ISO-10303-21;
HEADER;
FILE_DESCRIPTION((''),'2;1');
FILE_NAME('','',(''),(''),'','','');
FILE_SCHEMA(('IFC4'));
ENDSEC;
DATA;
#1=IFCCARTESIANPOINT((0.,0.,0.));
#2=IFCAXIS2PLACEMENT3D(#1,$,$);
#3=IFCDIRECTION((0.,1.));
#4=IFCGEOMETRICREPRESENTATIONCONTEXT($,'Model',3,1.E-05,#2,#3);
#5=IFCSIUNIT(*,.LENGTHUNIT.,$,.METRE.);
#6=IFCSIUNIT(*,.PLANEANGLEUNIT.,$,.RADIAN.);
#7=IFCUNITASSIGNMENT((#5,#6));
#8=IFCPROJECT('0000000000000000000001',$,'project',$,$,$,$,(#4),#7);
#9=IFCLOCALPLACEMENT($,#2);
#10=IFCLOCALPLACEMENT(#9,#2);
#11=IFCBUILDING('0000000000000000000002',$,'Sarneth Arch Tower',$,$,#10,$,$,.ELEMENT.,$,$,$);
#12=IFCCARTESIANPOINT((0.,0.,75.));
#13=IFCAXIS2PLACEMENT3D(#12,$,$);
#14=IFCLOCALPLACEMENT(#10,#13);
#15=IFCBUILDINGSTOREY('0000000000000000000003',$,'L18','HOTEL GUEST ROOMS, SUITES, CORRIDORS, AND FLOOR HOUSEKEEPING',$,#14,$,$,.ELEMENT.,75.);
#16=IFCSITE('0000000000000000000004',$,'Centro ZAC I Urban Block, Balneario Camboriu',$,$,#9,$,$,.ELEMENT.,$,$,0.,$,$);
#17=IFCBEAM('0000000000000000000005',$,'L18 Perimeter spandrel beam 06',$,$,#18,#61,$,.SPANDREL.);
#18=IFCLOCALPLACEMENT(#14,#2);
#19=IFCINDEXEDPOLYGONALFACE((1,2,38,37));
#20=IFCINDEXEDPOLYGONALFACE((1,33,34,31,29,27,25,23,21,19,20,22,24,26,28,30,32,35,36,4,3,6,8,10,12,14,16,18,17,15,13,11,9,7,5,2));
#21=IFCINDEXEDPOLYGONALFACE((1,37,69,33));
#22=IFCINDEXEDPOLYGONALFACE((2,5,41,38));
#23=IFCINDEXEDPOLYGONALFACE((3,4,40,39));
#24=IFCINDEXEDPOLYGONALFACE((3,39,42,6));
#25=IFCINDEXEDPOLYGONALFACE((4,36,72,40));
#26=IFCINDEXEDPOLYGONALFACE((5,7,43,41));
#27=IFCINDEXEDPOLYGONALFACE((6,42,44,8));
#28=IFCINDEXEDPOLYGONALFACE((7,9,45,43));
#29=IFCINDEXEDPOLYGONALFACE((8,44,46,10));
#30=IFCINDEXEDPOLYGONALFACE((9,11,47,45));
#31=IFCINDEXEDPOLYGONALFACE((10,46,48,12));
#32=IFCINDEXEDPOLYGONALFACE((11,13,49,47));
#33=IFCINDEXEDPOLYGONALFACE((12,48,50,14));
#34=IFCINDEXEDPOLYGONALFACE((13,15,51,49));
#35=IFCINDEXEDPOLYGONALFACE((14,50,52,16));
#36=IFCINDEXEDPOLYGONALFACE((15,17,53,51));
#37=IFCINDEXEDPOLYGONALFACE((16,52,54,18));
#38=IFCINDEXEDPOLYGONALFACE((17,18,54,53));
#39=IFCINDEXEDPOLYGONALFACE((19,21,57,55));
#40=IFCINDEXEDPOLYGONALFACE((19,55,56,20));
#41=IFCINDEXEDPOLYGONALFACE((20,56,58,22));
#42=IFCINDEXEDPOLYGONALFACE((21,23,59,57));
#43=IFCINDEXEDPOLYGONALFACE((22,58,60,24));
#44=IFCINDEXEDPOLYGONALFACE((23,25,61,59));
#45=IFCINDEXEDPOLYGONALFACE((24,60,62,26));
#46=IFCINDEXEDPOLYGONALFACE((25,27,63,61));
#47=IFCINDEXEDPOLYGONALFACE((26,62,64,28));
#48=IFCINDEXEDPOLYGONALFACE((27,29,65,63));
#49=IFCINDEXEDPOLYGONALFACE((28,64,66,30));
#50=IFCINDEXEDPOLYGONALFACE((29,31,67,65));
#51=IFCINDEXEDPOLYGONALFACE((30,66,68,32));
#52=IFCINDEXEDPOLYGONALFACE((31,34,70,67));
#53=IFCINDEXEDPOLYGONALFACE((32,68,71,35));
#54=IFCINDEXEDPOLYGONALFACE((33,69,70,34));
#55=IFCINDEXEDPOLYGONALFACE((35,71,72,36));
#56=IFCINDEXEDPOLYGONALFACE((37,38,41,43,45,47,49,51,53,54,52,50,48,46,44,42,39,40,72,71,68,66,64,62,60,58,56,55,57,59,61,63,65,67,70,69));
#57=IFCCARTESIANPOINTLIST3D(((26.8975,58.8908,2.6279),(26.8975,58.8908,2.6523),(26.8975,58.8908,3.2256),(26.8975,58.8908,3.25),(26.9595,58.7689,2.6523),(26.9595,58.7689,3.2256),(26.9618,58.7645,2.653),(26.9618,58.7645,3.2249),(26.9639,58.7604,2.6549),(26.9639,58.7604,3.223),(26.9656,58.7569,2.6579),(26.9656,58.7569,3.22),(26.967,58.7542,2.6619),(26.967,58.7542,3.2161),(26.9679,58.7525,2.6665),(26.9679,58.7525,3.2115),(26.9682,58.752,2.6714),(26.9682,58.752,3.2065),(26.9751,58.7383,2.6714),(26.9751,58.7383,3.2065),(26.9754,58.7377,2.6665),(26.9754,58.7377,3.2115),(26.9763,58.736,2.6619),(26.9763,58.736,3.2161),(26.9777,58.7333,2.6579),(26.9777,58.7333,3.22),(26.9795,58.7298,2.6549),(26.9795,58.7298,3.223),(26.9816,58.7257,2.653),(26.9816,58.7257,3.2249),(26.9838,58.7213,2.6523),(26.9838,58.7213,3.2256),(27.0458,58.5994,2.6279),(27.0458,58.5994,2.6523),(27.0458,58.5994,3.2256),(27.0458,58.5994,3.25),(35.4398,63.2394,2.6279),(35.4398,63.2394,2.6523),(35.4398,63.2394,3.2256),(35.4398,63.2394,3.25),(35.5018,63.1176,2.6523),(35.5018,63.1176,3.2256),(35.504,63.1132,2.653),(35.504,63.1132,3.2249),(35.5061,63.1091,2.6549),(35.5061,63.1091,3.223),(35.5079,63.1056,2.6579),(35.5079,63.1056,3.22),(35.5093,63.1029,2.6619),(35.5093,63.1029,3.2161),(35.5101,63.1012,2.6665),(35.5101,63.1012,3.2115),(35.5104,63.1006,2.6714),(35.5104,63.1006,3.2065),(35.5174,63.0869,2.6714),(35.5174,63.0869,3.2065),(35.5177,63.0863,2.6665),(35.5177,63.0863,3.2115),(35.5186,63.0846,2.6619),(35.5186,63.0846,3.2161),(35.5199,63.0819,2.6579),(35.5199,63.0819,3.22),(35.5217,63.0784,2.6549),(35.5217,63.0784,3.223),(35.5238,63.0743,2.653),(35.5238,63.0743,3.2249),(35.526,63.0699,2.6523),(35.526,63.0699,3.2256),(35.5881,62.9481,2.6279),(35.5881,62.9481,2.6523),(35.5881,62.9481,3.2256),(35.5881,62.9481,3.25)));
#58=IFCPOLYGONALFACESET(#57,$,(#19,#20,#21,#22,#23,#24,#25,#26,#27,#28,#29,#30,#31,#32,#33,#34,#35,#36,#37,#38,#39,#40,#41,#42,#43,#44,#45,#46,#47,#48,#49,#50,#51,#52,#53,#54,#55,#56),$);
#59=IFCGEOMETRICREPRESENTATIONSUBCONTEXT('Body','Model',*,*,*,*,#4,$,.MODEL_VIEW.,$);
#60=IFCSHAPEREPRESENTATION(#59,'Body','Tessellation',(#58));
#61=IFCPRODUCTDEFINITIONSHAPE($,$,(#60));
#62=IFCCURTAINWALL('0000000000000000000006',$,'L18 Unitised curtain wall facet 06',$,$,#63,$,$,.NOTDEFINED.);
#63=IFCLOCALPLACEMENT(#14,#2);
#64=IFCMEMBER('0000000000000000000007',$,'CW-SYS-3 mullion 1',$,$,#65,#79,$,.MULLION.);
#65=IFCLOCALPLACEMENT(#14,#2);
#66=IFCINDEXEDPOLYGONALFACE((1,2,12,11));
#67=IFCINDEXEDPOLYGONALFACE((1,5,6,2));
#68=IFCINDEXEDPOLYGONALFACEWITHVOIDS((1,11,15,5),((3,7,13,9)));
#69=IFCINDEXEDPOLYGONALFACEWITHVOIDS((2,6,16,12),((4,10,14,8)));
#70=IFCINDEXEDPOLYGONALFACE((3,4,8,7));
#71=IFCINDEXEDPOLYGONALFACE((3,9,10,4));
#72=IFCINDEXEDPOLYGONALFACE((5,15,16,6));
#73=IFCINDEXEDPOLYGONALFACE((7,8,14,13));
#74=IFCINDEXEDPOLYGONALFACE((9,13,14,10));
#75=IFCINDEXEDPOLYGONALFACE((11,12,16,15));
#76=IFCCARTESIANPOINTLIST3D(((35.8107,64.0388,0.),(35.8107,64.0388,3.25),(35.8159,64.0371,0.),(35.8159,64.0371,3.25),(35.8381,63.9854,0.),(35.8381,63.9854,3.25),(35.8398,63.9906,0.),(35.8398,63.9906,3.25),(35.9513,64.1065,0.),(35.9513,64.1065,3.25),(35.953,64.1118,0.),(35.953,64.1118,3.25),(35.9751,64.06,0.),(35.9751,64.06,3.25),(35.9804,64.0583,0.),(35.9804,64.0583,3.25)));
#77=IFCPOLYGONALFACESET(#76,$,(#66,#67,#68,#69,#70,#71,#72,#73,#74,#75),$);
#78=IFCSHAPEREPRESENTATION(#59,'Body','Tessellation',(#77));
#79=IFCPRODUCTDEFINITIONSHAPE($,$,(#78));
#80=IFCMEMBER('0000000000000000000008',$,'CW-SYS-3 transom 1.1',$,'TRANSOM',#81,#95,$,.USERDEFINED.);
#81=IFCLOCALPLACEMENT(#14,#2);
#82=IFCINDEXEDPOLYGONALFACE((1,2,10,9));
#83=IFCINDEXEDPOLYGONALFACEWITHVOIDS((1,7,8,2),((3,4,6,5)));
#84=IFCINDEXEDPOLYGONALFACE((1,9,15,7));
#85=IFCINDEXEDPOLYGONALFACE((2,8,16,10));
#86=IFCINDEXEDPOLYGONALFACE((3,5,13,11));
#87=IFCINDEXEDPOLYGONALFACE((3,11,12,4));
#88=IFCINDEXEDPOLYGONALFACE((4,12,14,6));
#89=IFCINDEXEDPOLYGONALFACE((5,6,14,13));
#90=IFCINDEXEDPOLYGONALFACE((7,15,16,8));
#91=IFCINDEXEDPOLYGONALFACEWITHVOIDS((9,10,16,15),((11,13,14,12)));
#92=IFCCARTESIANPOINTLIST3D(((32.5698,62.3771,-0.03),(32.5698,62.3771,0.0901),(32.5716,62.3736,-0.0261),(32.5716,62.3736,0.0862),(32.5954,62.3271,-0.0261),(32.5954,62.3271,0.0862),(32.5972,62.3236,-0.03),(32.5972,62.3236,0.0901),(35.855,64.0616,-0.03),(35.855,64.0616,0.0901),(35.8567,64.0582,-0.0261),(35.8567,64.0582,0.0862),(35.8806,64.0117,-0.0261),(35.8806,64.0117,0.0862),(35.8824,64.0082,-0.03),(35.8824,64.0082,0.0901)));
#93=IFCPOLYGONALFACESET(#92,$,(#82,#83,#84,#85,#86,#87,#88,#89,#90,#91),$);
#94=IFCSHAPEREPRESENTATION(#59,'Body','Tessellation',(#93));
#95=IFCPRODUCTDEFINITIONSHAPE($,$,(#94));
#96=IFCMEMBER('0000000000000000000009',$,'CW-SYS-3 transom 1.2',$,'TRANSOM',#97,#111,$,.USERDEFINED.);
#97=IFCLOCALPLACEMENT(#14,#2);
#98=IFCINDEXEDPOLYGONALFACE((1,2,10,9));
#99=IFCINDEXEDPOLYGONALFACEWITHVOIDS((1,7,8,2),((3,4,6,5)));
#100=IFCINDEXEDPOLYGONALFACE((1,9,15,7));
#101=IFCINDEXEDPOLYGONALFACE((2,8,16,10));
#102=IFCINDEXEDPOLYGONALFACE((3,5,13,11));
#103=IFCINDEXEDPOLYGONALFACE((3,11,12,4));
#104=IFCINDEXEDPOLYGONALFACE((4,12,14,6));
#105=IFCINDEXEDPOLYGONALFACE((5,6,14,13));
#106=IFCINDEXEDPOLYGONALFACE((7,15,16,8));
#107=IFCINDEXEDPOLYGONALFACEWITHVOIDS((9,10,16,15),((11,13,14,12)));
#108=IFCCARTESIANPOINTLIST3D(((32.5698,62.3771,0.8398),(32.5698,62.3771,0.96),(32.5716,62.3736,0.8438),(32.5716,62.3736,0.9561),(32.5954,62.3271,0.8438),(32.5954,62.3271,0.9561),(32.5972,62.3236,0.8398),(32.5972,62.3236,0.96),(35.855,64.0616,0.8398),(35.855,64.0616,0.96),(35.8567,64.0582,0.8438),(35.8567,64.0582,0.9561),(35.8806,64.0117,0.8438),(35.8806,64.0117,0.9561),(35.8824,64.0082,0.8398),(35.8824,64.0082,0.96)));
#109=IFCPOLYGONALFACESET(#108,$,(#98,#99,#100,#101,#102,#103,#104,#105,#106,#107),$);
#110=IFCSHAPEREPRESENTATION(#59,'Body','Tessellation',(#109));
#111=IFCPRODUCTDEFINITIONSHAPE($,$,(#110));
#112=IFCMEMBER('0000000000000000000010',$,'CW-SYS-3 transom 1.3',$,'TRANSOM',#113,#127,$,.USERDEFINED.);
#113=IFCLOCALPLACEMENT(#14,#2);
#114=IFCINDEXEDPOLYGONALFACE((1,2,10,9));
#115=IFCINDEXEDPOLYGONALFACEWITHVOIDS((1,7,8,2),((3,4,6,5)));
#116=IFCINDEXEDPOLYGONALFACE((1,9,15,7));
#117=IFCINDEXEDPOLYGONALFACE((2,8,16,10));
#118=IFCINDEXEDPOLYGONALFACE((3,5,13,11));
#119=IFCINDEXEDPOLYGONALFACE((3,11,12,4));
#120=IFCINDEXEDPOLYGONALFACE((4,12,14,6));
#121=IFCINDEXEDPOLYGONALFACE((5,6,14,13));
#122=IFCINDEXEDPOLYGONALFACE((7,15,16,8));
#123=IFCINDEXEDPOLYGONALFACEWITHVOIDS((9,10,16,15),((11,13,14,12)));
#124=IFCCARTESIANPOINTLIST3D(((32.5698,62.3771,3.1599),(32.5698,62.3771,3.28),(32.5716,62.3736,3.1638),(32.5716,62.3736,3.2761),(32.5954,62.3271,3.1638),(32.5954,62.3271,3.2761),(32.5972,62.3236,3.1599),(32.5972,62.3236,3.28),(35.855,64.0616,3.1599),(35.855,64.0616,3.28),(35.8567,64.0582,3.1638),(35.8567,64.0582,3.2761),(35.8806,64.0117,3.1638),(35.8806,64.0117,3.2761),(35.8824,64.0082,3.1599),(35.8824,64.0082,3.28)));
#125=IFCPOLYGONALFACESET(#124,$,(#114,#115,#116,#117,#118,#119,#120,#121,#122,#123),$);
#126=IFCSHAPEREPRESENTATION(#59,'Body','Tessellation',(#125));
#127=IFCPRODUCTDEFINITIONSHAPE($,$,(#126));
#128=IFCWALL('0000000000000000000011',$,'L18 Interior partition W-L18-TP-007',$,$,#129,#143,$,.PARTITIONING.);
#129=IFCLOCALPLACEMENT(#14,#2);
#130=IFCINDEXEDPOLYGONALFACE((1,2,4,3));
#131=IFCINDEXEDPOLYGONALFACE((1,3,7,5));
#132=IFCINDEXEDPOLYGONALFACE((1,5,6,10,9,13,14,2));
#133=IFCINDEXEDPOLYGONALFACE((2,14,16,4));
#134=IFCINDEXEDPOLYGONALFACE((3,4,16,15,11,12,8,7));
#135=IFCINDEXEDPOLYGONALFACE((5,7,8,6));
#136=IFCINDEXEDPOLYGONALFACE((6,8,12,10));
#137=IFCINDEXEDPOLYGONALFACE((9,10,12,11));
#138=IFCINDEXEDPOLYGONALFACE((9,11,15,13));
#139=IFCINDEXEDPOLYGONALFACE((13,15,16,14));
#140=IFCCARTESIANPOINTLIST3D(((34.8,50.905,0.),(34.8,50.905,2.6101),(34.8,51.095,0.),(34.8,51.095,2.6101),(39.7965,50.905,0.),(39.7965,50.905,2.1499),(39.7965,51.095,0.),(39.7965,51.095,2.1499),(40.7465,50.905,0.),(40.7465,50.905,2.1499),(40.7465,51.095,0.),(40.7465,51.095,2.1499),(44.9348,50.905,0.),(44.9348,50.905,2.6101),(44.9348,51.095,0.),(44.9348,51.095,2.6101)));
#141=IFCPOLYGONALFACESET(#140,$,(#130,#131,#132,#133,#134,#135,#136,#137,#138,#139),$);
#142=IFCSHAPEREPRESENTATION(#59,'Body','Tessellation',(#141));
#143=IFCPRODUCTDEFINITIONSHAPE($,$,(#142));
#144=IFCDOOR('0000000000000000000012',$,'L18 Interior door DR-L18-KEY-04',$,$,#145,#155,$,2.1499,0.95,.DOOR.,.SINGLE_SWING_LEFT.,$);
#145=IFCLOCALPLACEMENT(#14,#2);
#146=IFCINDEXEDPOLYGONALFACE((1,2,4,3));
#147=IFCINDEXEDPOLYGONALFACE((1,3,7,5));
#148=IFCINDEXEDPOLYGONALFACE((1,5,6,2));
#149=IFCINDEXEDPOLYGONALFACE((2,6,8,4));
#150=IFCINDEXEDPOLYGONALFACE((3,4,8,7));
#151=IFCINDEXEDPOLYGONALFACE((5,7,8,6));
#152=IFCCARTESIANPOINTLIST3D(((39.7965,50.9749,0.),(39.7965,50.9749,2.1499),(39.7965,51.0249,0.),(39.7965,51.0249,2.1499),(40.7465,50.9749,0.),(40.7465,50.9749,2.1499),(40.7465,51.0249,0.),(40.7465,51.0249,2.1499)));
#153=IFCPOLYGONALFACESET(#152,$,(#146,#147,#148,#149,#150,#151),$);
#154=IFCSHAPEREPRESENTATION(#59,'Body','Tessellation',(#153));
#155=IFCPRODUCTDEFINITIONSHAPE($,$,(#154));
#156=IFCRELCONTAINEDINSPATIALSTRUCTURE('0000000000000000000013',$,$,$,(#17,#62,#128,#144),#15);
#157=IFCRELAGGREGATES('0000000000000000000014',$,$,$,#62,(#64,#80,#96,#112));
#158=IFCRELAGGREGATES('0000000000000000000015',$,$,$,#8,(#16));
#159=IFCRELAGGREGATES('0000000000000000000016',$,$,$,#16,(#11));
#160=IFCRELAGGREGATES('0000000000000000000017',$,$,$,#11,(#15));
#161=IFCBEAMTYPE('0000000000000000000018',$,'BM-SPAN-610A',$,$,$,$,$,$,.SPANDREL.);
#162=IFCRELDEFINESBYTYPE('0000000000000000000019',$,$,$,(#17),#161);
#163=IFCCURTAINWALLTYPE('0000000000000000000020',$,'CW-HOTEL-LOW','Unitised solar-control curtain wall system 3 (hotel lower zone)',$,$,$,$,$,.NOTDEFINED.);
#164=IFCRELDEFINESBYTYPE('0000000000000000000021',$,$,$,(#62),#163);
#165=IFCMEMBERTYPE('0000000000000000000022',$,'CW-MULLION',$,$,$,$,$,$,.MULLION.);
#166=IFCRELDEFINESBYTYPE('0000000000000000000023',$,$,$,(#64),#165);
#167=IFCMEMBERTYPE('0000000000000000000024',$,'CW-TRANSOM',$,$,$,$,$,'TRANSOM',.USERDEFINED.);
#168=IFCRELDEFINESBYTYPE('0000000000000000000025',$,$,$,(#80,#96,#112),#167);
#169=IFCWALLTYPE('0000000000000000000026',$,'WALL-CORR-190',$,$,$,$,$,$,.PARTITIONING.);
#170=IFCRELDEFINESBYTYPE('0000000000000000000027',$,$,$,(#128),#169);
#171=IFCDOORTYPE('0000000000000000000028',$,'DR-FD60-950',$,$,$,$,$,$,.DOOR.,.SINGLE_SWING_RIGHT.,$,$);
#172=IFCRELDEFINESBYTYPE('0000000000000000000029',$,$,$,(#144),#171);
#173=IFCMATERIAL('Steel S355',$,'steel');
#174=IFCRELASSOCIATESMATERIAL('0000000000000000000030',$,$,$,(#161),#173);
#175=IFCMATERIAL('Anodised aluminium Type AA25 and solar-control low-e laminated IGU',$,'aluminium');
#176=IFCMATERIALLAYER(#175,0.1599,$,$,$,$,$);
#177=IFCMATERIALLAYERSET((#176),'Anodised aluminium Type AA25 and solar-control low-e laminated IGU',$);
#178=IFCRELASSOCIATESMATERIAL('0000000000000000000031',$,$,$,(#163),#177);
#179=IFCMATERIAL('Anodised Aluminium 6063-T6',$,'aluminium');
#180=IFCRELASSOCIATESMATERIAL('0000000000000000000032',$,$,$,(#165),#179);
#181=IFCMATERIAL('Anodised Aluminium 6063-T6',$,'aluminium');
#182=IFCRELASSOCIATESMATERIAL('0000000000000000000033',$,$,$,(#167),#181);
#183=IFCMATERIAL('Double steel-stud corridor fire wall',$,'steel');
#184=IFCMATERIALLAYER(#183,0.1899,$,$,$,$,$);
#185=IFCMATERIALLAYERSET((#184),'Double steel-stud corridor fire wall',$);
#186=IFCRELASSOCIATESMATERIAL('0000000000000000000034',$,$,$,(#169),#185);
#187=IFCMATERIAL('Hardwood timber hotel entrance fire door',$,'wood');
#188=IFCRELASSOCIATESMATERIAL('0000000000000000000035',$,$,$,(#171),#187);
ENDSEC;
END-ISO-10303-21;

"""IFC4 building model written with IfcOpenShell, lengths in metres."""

from ifc_helpers import new_model, si_unit, direction, frame, frame_2d, origin, origin_2d, place, context, subcontext, project, spatial, rectangle, hollow_rectangle, i_section, extrude, material, layer, layer_set, material_profile, profile_set, type_object, element, fill, aggregate, save


model = new_model("IFC4")

# Units and contexts
model_context = context("Model", 3, precision=1e-05, world=origin(), true_north=direction((0.0, 1.0)))
body_context = subcontext(model_context, "Body", "Model", "MODEL_VIEW")
ifc_project = project(units=[si_unit("LENGTHUNIT", "METRE"), si_unit("PLANEANGLEUNIT", "RADIAN")], contexts=[model_context])

# Site, building, storey
site_placement = place(None, origin())
site = spatial("IfcSite", under=ifc_project, at=site_placement, Name="Centro ZAC I Urban Block, Balneario Camboriu", CompositionType="ELEMENT", RefElevation=0.0)
building_placement = place(site_placement, origin())
building = spatial("IfcBuilding", under=site, at=building_placement, Name="Sarneth Arch Tower", CompositionType="ELEMENT")
storey_placement = place(building_placement, frame((0.0, 0.0, 75.0)))
storey = spatial("IfcBuildingStorey", under=building, at=storey_placement, Name="L18", Description="HOTEL GUEST ROOMS, SUITES, CORRIDORS, AND FLOOR HOUSEKEEPING", CompositionType="ELEMENT", Elevation=75.0)

# Beam
ifc_material_1 = material(Name="Steel S355", Category="steel")
ifc_material_profile_1 = material_profile(ifc_material_1, i_section(OverallWidth=0.3269, OverallDepth=0.6221, WebThickness=0.0154, FlangeThickness=0.0244, FilletRadius=0.019, at=origin_2d()), Name="W610x195")
ifc_profile_set_1 = profile_set([ifc_material_profile_1], Name="Steel S355")
beam_type_1 = type_object("IfcBeamType", Name="BM-SPAN-610A", PredefinedType="SPANDREL", material=ifc_profile_set_1)
beam_1_placement = place(storey_placement, frame((35.5139, 63.0938, 2.939), z_axis=(-0.891169, -0.453671, 0.0), x_axis=(0.453671, -0.891169, 0.0)))
element("IfcBeam", 1, at=beam_1_placement, inside=storey, type_object=beam_type_1, Name="L18 Perimeter spandrel beam 06", PredefinedType="SPANDREL", context=body_context, shape_type="SweptSolid", body=[
    extrude(i_section(OverallWidth=0.3269, OverallDepth=0.6221, WebThickness=0.0154, FlangeThickness=0.0244, FilletRadius=0.019, at=origin_2d()), origin(), (0.0, 0.0, 1.0), 9.5854),
])

# Curtain wall, members
ifc_material_2 = material(Name="Anodised aluminium Type AA25 and solar-control low-e laminated IGU", Category="aluminium")
ifc_layer_1 = layer(ifc_material_2, 0.1599)
ifc_layer_set_1 = layer_set([ifc_layer_1], Name="Anodised aluminium Type AA25 and solar-control low-e laminated IGU")
curtain_wall_type = type_object("IfcCurtainWallType", Name="CW-HOTEL-LOW", Description="Unitised solar-control curtain wall system 3 (hotel lower zone)", PredefinedType="NOTDEFINED", material=ifc_layer_set_1)
curtain_wall_placement = place(storey_placement, origin())
curtain_wall = element("IfcCurtainWall", 2, at=curtain_wall_placement, inside=storey, type_object=curtain_wall_type, Name="L18 Unitised curtain wall facet 06", PredefinedType="NOTDEFINED")
ifc_material_3 = material(Name="Anodised Aluminium 6063-T6", Category="aluminium")
ifc_material_profile_2 = material_profile(ifc_material_3, hollow_rectangle(XDim=0.0601, YDim=0.1599, WallThickness=0.0039, at=origin_2d()), Name="AL-MULL-160x60x4")
ifc_profile_set_2 = profile_set([ifc_material_profile_2], Name="Anodised Aluminium 6063-T6")
member_type_1 = type_object("IfcMemberType", Name="CW-MULLION", PredefinedType="MULLION", material=ifc_profile_set_2)
member_1_placement = place(storey_placement, frame((35.8955, 64.0486, 0.0), z_axis=(0.0, 0.0, 1.0), x_axis=(0.456245, -0.889854, 0.0)))
member_1 = element("IfcMember", 3, at=member_1_placement, type_object=member_type_1, Name="CW-SYS-3 mullion 1", PredefinedType="MULLION", context=body_context, shape_type="SweptSolid", body=[
    extrude(hollow_rectangle(XDim=0.0601, YDim=0.1599, WallThickness=0.0039, at=origin_2d()), origin(), (0.0, 0.0, 1.0), 3.25),
])
ifc_material_4 = material(Name="Anodised Aluminium 6063-T6", Category="aluminium")
ifc_material_profile_3 = material_profile(ifc_material_4, hollow_rectangle(XDim=0.0601, YDim=0.1201, WallThickness=0.0039, at=origin_2d()), Name="AL-TRAN-120x60x4")
ifc_profile_set_3 = profile_set([ifc_material_profile_3], Name="Anodised Aluminium 6063-T6")
member_type_2 = type_object("IfcMemberType", Name="CW-TRANSOM", ElementType="TRANSOM", PredefinedType="USERDEFINED", material=ifc_profile_set_3)
member_2_placement = place(storey_placement, frame((35.8687, 64.0349, 0.03), z_axis=(-0.889831, -0.45629, 0.0), x_axis=(0.45629, -0.889831, 0.0)))
member_2 = element("IfcMember", 4, at=member_2_placement, type_object=member_type_2, Name="CW-SYS-3 transom 1.1", ObjectType="TRANSOM", PredefinedType="USERDEFINED", context=body_context, shape_type="SweptSolid", body=[
    extrude(hollow_rectangle(XDim=0.0601, YDim=0.1201, WallThickness=0.0039, at=origin_2d()), origin(), (0.0, 0.0, 1.0), 3.6919),
])
member_3_placement = place(storey_placement, frame((35.8687, 64.0349, 0.8999), z_axis=(-0.889831, -0.45629, 0.0), x_axis=(0.45629, -0.889831, 0.0)))
member_3 = element("IfcMember", 5, at=member_3_placement, type_object=member_type_2, Name="CW-SYS-3 transom 1.2", ObjectType="TRANSOM", PredefinedType="USERDEFINED", context=body_context, shape_type="SweptSolid", body=[
    extrude(hollow_rectangle(XDim=0.0601, YDim=0.1201, WallThickness=0.0039, at=origin_2d()), origin(), (0.0, 0.0, 1.0), 3.6919),
])
member_4_placement = place(storey_placement, frame((35.8687, 64.0349, 3.22), z_axis=(-0.889831, -0.45629, 0.0), x_axis=(0.45629, -0.889831, 0.0)))
member_4 = element("IfcMember", 6, at=member_4_placement, type_object=member_type_2, Name="CW-SYS-3 transom 1.3", ObjectType="TRANSOM", PredefinedType="USERDEFINED", context=body_context, shape_type="SweptSolid", body=[
    extrude(hollow_rectangle(XDim=0.0601, YDim=0.1201, WallThickness=0.0039, at=origin_2d()), origin(), (0.0, 0.0, 1.0), 3.6919),
])
aggregate(curtain_wall, [member_1, member_2, member_3, member_4])

# Wall, opening, door
ifc_material_5 = material(Name="Double steel-stud corridor fire wall", Category="steel")
ifc_layer_2 = layer(ifc_material_5, 0.1899)
ifc_layer_set_2 = layer_set([ifc_layer_2], Name="Double steel-stud corridor fire wall")
wall_type_1 = type_object("IfcWallType", Name="WALL-CORR-190", PredefinedType="PARTITIONING", material=ifc_layer_set_2)
wall_1_placement = place(storey_placement, frame((34.8, 51.0, 0.0), z_axis=(0.0, 0.0, 1.0), x_axis=(1.0, 0.0, 0.0)))
wall_1 = element("IfcWall", 7, at=wall_1_placement, inside=storey, type_object=wall_type_1, Name="L18 Interior partition W-L18-TP-007", PredefinedType="PARTITIONING", context=body_context, shape_type="SweptSolid", body=[
    extrude(rectangle(XDim=10.1348, YDim=0.1899, at=frame_2d((5.0674, 0.0))), origin(), (0.0, 0.0, 1.0), 2.6101),
])
opening_1_placement = place(wall_1_placement, frame((4.9963, 0.0, 0.0)))
opening_1 = element("IfcOpeningElement", 8, at=opening_1_placement, cuts=wall_1, PredefinedType="OPENING", context=body_context, shape_type="SweptSolid", body=[
    extrude(rectangle(XDim=0.95, YDim=2.1499, at=frame_2d((0.4751, 1.075))), frame((0.0, 0.105, 0.0), z_axis=(0.0, -1.0, 0.0), x_axis=(1.0, 0.0, 0.0)), (0.0, 0.0, 1.0), 0.21),
])
ifc_material_6 = material(Name="Hardwood timber hotel entrance fire door", Category="wood")
door_type_1 = type_object("IfcDoorType", Name="DR-FD60-950", OperationType="SINGLE_SWING_RIGHT", PredefinedType="DOOR", material=ifc_material_6)
door_1_placement = place(opening_1_placement, origin())
door_1 = element("IfcDoor", 9, at=door_1_placement, inside=storey, type_object=door_type_1, Name="L18 Interior door DR-L18-KEY-04", OperationType="SINGLE_SWING_LEFT", OverallHeight=2.1499, OverallWidth=0.95, PredefinedType="DOOR", context=body_context, shape_type="SweptSolid", body=[
    extrude(rectangle(XDim=0.95, YDim=2.1499, at=frame_2d((0.4751, 1.075))), frame((0.0, 0.0249, 0.0), z_axis=(0.0, -1.0, 0.0), x_axis=(1.0, 0.0, 0.0)), (0.0, 0.0, 1.0), 0.05),
])
fill(opening_1, door_1)

save(model, "model.ifc")
